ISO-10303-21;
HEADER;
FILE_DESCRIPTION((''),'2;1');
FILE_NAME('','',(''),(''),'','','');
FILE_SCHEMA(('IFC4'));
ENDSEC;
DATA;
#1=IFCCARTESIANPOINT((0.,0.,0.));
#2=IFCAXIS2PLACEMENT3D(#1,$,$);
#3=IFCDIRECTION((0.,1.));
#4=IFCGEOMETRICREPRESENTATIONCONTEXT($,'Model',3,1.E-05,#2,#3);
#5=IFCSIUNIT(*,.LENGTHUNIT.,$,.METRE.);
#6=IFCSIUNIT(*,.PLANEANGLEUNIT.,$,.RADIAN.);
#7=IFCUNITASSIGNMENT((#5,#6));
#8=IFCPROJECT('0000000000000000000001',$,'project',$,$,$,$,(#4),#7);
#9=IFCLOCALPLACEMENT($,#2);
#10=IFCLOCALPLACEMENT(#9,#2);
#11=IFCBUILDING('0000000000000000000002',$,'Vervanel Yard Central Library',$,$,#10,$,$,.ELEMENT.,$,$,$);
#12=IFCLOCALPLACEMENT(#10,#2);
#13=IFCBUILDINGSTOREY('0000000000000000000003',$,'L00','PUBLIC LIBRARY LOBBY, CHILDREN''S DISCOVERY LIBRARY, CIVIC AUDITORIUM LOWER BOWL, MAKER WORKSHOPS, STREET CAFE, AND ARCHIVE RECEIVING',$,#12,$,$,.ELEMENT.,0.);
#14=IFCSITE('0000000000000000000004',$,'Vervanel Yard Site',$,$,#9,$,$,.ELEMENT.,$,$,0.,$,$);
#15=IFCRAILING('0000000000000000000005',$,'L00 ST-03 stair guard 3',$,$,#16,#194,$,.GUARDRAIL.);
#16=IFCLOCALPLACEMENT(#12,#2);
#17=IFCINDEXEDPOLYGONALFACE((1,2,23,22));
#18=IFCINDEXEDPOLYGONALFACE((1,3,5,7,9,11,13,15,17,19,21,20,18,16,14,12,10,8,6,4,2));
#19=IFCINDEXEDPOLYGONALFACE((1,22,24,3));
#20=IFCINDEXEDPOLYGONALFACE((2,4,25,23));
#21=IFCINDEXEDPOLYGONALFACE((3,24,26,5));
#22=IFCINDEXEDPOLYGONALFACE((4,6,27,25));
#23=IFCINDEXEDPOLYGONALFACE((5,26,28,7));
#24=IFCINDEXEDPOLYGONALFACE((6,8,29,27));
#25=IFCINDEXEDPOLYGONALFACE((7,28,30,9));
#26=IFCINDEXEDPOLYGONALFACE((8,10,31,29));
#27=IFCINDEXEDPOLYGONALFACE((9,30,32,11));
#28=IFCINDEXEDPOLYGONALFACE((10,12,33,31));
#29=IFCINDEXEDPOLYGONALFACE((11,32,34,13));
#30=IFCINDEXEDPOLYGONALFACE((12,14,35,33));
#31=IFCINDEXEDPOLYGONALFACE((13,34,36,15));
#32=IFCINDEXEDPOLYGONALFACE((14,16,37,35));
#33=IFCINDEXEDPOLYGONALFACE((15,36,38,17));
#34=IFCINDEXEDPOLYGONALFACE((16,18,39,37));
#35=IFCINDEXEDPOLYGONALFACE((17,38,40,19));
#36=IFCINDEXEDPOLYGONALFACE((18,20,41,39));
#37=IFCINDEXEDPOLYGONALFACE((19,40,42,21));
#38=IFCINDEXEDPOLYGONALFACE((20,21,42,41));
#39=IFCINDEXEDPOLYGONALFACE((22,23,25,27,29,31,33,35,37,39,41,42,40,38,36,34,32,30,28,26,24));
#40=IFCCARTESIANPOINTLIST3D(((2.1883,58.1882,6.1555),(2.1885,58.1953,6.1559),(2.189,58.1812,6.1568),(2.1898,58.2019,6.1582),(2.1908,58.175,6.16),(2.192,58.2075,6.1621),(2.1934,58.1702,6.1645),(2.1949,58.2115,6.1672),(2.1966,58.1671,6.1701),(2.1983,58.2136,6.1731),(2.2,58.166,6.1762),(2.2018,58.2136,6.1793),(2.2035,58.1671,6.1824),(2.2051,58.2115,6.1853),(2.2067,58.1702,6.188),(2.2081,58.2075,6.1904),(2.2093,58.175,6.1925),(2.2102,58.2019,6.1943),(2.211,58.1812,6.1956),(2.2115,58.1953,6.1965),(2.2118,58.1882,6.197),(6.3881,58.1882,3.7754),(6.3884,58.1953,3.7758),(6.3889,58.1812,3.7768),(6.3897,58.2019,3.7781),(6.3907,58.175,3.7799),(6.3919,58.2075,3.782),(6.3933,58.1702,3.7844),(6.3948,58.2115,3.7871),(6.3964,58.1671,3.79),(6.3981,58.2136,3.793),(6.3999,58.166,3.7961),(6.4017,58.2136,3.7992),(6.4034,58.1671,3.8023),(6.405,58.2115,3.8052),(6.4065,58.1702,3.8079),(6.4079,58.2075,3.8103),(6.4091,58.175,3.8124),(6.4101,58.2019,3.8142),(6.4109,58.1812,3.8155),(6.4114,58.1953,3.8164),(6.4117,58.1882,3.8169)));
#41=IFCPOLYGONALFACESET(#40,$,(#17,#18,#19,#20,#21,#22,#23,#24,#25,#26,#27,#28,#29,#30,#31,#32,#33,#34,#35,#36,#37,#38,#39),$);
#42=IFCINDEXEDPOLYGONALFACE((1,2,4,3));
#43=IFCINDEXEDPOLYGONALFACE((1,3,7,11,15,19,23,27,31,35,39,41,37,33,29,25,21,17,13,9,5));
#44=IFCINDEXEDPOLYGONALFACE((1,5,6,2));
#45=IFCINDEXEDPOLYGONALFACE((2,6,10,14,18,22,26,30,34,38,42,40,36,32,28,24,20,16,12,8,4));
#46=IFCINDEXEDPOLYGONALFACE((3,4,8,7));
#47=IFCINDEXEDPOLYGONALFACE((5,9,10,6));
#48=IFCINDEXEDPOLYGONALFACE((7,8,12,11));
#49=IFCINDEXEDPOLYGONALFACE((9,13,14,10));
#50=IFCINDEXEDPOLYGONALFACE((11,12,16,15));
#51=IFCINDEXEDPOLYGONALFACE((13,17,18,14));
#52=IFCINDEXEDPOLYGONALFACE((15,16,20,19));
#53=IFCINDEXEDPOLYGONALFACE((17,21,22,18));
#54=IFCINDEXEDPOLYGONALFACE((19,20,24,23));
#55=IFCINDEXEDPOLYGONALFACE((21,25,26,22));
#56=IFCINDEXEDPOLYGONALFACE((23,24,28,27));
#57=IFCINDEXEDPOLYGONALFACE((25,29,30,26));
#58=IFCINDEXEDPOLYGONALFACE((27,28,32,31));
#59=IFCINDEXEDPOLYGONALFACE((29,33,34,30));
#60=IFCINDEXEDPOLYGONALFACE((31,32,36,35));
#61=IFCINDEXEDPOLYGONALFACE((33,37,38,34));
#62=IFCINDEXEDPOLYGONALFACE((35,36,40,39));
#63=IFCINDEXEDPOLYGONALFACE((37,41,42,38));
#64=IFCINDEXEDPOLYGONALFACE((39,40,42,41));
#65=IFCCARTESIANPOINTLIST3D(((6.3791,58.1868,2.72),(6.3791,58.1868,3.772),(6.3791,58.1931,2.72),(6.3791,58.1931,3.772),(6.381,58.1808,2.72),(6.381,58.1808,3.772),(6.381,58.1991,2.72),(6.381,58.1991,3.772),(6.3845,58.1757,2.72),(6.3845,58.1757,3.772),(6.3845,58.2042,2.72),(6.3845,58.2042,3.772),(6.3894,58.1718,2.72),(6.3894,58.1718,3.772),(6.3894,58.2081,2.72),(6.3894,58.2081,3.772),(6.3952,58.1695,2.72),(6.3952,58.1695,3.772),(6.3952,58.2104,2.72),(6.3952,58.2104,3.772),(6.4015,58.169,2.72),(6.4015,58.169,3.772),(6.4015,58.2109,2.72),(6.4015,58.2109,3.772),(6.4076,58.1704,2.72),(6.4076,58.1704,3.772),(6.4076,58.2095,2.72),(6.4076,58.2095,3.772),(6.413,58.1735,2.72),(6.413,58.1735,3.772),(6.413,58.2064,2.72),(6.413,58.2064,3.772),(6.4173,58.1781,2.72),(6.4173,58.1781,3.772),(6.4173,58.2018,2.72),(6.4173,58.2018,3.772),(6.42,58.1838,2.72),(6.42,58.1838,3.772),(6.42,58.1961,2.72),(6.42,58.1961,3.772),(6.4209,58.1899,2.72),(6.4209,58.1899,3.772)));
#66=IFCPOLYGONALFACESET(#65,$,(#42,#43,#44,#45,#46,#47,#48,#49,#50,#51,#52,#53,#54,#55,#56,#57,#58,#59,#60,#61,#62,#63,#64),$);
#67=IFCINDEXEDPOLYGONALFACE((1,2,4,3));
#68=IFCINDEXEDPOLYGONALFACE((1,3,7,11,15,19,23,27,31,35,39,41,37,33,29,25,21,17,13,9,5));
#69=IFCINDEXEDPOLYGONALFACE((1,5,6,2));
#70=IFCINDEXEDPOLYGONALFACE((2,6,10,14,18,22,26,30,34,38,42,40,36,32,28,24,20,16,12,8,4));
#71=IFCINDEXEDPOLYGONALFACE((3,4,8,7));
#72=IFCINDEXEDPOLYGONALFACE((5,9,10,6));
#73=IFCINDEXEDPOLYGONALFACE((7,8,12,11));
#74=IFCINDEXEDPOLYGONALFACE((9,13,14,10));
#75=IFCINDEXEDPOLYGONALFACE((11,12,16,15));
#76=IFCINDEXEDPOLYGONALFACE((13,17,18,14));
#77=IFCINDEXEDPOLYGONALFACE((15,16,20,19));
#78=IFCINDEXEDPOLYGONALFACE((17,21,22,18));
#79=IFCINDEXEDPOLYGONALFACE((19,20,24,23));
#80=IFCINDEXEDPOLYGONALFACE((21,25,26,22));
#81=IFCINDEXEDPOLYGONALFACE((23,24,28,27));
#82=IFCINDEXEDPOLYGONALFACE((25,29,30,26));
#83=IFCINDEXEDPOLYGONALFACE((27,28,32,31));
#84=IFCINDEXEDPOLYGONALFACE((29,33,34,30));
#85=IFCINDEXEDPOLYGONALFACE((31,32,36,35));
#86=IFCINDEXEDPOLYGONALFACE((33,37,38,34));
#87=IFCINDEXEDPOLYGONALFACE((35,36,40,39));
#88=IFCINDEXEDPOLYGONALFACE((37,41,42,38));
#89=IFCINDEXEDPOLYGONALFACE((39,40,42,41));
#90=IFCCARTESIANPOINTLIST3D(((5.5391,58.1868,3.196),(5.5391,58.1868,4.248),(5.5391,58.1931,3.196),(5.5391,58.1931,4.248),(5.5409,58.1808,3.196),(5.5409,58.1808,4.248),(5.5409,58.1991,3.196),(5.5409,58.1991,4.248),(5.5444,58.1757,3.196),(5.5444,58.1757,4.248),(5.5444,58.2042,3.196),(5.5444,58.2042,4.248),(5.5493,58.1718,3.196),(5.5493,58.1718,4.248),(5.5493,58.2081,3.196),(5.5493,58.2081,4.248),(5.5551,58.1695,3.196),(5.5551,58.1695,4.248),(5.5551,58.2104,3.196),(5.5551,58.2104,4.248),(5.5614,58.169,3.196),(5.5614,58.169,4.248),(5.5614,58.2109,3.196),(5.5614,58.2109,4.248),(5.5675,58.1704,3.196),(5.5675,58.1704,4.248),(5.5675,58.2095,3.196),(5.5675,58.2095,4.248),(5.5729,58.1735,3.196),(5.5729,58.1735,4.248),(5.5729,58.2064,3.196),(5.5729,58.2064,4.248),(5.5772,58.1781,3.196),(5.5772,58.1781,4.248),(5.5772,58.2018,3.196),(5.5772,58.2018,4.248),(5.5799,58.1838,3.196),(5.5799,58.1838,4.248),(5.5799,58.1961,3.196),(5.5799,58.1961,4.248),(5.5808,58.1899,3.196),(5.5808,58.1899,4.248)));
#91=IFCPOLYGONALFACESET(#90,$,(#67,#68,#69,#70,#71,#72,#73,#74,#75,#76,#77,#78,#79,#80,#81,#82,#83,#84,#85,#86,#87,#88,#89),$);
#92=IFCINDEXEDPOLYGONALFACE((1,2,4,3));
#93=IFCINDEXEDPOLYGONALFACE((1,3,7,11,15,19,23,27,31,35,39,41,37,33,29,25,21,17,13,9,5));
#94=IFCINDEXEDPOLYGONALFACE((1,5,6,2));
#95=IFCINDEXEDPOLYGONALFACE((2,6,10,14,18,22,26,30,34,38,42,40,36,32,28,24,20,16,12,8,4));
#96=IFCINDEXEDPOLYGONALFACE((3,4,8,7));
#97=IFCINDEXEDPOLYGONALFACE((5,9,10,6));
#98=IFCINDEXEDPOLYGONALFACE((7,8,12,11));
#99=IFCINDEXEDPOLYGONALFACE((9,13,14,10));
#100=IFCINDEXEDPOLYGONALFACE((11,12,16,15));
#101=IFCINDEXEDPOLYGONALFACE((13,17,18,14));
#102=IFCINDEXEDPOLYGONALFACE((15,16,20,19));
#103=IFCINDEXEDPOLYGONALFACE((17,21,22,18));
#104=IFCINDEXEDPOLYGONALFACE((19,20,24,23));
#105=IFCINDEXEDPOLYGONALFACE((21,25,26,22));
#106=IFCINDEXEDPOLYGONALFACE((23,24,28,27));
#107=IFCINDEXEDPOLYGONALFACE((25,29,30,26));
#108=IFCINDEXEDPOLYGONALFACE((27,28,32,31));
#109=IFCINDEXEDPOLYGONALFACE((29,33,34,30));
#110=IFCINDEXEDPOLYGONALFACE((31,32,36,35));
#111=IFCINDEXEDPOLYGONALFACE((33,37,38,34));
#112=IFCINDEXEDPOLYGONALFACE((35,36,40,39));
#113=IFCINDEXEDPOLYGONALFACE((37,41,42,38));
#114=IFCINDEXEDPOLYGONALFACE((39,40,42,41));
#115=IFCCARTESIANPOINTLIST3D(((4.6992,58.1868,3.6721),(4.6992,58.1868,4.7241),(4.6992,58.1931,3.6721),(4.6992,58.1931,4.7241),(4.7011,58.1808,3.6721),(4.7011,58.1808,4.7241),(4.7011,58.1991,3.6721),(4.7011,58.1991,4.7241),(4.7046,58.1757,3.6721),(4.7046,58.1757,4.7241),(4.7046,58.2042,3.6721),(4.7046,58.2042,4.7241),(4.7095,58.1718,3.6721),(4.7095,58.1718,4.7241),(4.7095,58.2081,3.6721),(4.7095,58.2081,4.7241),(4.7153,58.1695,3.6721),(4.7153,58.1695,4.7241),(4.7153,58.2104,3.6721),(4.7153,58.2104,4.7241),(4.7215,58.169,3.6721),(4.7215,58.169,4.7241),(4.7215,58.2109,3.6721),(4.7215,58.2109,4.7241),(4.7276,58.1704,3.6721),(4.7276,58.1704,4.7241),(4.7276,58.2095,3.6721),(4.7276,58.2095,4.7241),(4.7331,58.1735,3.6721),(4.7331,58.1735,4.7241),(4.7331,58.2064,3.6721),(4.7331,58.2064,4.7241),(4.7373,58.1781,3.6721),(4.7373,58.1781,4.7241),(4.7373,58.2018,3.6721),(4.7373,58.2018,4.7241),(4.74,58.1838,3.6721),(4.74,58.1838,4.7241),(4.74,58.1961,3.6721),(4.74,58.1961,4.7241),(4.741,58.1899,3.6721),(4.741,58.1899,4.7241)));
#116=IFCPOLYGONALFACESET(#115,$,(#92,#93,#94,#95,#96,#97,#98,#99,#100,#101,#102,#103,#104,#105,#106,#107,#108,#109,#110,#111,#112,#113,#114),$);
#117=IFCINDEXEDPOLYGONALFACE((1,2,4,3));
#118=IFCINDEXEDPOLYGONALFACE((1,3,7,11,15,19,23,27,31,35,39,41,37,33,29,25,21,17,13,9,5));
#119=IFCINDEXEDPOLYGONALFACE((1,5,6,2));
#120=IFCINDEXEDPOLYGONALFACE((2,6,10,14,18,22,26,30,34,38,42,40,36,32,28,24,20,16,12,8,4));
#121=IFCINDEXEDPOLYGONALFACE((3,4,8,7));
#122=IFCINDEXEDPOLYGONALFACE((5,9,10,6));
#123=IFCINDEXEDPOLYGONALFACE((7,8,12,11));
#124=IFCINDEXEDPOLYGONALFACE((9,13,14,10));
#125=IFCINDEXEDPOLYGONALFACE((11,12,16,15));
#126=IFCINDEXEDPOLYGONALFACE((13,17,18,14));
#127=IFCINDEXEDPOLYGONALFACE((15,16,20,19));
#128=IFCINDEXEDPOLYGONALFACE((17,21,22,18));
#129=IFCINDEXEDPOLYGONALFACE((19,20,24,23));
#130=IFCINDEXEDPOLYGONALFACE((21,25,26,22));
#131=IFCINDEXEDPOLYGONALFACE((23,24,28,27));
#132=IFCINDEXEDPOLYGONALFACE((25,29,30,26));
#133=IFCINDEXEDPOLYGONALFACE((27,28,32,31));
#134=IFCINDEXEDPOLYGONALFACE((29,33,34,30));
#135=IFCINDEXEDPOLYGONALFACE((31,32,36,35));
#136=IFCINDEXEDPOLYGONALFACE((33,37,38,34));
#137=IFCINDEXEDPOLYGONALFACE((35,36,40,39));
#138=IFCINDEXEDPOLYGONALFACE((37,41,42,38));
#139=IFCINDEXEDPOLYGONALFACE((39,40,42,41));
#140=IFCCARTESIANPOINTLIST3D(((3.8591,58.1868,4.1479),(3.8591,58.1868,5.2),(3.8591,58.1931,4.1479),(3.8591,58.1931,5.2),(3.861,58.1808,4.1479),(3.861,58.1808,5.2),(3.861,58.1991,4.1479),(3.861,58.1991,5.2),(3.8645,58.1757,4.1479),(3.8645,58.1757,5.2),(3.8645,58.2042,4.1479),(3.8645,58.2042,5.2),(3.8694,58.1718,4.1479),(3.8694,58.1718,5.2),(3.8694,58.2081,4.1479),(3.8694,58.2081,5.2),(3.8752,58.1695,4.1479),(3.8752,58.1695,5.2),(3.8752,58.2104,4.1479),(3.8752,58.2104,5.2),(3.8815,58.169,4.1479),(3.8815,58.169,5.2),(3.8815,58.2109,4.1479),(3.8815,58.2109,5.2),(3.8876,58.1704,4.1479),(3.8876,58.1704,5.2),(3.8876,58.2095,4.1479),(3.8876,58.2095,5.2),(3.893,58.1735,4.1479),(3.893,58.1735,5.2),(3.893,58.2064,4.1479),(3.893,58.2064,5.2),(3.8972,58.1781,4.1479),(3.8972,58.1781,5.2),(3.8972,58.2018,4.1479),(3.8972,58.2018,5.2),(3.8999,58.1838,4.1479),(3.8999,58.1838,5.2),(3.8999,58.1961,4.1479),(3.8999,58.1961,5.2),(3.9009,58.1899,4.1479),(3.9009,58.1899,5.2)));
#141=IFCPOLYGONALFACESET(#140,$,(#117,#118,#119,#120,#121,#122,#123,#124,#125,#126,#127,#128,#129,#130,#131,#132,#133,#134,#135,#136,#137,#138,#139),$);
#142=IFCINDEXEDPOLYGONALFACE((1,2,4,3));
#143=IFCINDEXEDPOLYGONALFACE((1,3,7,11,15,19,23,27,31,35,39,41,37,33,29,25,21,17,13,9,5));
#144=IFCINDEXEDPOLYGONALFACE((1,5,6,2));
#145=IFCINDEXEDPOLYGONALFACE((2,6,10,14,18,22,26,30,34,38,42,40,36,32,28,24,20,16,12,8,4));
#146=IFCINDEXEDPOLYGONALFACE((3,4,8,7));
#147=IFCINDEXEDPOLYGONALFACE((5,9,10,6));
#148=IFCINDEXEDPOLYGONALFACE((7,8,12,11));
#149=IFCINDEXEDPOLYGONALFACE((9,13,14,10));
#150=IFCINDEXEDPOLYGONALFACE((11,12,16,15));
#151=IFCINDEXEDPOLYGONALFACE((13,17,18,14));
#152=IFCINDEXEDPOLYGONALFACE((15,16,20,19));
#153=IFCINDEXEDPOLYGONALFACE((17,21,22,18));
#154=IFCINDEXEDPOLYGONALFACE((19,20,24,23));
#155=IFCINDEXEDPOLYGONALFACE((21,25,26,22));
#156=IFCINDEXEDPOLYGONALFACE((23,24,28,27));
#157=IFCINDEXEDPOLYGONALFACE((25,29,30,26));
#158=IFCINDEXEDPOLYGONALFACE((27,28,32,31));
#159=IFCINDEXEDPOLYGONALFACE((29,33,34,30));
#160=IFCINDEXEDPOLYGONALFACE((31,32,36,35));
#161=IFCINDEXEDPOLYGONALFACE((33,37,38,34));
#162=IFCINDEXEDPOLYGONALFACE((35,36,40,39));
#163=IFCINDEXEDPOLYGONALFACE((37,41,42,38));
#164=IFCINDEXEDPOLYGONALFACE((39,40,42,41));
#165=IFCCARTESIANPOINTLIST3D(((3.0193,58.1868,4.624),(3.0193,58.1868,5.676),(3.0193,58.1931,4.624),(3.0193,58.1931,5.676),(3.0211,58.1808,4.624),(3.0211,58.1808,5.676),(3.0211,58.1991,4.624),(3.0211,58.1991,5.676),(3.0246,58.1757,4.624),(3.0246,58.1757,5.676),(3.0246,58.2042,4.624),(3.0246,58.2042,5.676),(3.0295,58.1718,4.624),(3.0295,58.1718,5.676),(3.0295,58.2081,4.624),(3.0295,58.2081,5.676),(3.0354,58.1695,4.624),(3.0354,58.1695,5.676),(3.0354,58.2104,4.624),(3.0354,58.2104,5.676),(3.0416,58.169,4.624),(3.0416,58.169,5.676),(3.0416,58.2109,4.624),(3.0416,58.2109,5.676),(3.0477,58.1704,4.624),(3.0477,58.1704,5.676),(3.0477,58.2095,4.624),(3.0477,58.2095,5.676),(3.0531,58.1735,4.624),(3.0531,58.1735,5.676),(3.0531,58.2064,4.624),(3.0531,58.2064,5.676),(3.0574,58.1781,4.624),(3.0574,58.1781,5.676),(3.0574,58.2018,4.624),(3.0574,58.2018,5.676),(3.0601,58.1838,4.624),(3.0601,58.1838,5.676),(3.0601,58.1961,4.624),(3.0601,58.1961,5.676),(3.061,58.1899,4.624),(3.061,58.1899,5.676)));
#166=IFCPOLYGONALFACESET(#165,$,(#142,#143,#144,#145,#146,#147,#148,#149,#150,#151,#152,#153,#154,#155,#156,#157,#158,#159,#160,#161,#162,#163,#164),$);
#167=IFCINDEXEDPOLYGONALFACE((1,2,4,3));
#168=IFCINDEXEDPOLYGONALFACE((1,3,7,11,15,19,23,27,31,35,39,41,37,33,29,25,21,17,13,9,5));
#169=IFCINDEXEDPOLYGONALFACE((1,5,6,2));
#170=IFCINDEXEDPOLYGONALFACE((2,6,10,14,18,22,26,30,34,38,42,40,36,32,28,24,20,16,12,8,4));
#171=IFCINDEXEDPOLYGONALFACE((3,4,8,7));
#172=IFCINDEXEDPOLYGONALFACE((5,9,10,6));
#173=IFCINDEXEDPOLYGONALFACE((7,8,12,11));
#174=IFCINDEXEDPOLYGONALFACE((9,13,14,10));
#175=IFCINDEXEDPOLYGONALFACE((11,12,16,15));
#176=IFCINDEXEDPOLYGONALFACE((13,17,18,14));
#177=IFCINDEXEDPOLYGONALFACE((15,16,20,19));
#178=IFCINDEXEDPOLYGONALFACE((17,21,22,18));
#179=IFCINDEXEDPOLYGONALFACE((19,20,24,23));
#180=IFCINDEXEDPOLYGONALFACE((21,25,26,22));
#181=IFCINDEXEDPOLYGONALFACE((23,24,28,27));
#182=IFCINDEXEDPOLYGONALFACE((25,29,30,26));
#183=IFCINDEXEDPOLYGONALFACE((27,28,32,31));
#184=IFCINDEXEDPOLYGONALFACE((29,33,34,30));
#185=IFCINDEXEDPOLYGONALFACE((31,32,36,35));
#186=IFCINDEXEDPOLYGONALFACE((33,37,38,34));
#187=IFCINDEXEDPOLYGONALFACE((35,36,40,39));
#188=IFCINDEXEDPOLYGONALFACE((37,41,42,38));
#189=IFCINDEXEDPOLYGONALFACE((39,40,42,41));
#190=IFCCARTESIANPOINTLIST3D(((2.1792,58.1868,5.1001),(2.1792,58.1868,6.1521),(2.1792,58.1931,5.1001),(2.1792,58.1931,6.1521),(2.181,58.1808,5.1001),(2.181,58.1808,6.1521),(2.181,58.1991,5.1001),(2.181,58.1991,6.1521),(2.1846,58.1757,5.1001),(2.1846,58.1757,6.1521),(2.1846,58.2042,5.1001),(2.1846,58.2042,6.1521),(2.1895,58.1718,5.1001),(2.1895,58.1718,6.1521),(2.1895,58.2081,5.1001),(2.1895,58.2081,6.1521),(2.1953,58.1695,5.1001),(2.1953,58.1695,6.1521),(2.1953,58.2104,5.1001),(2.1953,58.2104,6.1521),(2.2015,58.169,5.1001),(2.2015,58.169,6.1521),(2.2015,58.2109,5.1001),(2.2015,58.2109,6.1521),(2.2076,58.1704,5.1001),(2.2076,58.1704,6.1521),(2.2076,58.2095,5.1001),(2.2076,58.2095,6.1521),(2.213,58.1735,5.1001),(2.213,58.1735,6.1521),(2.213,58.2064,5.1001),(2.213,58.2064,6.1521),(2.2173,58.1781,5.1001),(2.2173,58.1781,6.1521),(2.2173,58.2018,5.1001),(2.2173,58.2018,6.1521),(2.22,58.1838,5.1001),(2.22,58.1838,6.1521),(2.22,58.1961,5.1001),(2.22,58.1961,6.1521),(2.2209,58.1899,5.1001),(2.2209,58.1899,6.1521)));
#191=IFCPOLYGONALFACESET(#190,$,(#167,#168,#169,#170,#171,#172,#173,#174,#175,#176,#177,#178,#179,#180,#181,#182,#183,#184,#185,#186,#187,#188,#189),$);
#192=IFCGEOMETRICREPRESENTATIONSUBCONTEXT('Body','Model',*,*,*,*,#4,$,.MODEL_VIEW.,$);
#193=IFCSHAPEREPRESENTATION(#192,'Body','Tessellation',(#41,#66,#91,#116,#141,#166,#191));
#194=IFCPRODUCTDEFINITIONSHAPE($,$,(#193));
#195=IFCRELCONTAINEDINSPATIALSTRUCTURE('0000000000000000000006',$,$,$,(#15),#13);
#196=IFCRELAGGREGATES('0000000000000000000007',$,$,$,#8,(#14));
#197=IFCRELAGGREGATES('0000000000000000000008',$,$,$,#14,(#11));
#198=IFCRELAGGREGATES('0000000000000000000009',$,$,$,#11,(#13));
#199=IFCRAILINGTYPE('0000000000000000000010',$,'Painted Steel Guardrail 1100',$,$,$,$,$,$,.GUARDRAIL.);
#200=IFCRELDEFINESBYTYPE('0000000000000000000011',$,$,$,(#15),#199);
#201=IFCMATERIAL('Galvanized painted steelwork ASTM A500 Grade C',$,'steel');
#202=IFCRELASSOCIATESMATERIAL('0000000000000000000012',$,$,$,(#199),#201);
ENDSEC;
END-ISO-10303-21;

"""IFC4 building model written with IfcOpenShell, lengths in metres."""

from ifc_helpers import new_model, si_unit, direction, frame, origin, origin_2d, place, context, subcontext, project, spatial, circle, extrude, material, type_object, element, save


model = new_model("IFC4")

# Units and contexts
model_context = context("Model", 3, precision=1e-05, world=origin(), true_north=direction((0.0, 1.0)))
body_context = subcontext(model_context, "Body", "Model", "MODEL_VIEW")
ifc_project = project(units=[si_unit("LENGTHUNIT", "METRE"), si_unit("PLANEANGLEUNIT", "RADIAN")], contexts=[model_context])

# Site, building, storey
site_placement = place(None, origin())
site = spatial("IfcSite", under=ifc_project, at=site_placement, Name="Vervanel Yard Site", CompositionType="ELEMENT", RefElevation=0.0)
building_placement = place(site_placement, origin())
building = spatial("IfcBuilding", under=site, at=building_placement, Name="Vervanel Yard Central Library", CompositionType="ELEMENT")
storey_placement = place(building_placement, origin())
storey = spatial("IfcBuildingStorey", under=building, at=storey_placement, Name="L00", Description="PUBLIC LIBRARY LOBBY, CHILDREN'S DISCOVERY LIBRARY, CIVIC AUDITORIUM LOWER BOWL, MAKER WORKSHOPS, STREET CAFE, AND ARCHIVE RECEIVING", CompositionType="ELEMENT", Elevation=0.0)

# Shared definitions
ifc_material_1 = material(Name="Galvanized painted steelwork ASTM A500 Grade C", Category="steel")

# Railing
railing_type_1 = type_object("IfcRailingType", Name="Painted Steel Guardrail 1100", PredefinedType="GUARDRAIL", material=ifc_material_1)
railing_1_placement = place(storey_placement, frame((6.3999, 58.1899, 2.72)))
element("IfcRailing", 1, at=railing_1_placement, inside=storey, type_object=railing_type_1, Name="L00 ST-03 stair guard 3", PredefinedType="GUARDRAIL", context=body_context, shape_type="SweptSolid", body=[
    extrude(circle(Radius=0.0239, at=origin_2d()), frame((0.0, 0.0, 1.0762), z_axis=(-0.870008, 0.0, 0.493037), x_axis=(0.0, -1.0, 0.0)), (0.0, 0.0, 1.0), 4.8274),
    extrude(circle(Radius=0.021, at=origin_2d()), origin(), (0.0, 0.0, 1.0), 1.052),
    extrude(circle(Radius=0.021, at=origin_2d()), frame((-0.8401, 0.0, 0.4761)), (0.0, 0.0, 1.0), 1.052),
    extrude(circle(Radius=0.021, at=origin_2d()), frame((-1.6799, 0.0, 0.9521)), (0.0, 0.0, 1.0), 1.052),
    extrude(circle(Radius=0.021, at=origin_2d()), frame((-2.52, 0.0, 1.428)), (0.0, 0.0, 1.0), 1.052),
    extrude(circle(Radius=0.021, at=origin_2d()), frame((-3.3599, 0.0, 1.9041)), (0.0, 0.0, 1.0), 1.052),
    extrude(circle(Radius=0.021, at=origin_2d()), frame((-4.2, 0.0, 2.3801)), (0.0, 0.0, 1.0), 1.052),
])

save(model, "model.ifc")
